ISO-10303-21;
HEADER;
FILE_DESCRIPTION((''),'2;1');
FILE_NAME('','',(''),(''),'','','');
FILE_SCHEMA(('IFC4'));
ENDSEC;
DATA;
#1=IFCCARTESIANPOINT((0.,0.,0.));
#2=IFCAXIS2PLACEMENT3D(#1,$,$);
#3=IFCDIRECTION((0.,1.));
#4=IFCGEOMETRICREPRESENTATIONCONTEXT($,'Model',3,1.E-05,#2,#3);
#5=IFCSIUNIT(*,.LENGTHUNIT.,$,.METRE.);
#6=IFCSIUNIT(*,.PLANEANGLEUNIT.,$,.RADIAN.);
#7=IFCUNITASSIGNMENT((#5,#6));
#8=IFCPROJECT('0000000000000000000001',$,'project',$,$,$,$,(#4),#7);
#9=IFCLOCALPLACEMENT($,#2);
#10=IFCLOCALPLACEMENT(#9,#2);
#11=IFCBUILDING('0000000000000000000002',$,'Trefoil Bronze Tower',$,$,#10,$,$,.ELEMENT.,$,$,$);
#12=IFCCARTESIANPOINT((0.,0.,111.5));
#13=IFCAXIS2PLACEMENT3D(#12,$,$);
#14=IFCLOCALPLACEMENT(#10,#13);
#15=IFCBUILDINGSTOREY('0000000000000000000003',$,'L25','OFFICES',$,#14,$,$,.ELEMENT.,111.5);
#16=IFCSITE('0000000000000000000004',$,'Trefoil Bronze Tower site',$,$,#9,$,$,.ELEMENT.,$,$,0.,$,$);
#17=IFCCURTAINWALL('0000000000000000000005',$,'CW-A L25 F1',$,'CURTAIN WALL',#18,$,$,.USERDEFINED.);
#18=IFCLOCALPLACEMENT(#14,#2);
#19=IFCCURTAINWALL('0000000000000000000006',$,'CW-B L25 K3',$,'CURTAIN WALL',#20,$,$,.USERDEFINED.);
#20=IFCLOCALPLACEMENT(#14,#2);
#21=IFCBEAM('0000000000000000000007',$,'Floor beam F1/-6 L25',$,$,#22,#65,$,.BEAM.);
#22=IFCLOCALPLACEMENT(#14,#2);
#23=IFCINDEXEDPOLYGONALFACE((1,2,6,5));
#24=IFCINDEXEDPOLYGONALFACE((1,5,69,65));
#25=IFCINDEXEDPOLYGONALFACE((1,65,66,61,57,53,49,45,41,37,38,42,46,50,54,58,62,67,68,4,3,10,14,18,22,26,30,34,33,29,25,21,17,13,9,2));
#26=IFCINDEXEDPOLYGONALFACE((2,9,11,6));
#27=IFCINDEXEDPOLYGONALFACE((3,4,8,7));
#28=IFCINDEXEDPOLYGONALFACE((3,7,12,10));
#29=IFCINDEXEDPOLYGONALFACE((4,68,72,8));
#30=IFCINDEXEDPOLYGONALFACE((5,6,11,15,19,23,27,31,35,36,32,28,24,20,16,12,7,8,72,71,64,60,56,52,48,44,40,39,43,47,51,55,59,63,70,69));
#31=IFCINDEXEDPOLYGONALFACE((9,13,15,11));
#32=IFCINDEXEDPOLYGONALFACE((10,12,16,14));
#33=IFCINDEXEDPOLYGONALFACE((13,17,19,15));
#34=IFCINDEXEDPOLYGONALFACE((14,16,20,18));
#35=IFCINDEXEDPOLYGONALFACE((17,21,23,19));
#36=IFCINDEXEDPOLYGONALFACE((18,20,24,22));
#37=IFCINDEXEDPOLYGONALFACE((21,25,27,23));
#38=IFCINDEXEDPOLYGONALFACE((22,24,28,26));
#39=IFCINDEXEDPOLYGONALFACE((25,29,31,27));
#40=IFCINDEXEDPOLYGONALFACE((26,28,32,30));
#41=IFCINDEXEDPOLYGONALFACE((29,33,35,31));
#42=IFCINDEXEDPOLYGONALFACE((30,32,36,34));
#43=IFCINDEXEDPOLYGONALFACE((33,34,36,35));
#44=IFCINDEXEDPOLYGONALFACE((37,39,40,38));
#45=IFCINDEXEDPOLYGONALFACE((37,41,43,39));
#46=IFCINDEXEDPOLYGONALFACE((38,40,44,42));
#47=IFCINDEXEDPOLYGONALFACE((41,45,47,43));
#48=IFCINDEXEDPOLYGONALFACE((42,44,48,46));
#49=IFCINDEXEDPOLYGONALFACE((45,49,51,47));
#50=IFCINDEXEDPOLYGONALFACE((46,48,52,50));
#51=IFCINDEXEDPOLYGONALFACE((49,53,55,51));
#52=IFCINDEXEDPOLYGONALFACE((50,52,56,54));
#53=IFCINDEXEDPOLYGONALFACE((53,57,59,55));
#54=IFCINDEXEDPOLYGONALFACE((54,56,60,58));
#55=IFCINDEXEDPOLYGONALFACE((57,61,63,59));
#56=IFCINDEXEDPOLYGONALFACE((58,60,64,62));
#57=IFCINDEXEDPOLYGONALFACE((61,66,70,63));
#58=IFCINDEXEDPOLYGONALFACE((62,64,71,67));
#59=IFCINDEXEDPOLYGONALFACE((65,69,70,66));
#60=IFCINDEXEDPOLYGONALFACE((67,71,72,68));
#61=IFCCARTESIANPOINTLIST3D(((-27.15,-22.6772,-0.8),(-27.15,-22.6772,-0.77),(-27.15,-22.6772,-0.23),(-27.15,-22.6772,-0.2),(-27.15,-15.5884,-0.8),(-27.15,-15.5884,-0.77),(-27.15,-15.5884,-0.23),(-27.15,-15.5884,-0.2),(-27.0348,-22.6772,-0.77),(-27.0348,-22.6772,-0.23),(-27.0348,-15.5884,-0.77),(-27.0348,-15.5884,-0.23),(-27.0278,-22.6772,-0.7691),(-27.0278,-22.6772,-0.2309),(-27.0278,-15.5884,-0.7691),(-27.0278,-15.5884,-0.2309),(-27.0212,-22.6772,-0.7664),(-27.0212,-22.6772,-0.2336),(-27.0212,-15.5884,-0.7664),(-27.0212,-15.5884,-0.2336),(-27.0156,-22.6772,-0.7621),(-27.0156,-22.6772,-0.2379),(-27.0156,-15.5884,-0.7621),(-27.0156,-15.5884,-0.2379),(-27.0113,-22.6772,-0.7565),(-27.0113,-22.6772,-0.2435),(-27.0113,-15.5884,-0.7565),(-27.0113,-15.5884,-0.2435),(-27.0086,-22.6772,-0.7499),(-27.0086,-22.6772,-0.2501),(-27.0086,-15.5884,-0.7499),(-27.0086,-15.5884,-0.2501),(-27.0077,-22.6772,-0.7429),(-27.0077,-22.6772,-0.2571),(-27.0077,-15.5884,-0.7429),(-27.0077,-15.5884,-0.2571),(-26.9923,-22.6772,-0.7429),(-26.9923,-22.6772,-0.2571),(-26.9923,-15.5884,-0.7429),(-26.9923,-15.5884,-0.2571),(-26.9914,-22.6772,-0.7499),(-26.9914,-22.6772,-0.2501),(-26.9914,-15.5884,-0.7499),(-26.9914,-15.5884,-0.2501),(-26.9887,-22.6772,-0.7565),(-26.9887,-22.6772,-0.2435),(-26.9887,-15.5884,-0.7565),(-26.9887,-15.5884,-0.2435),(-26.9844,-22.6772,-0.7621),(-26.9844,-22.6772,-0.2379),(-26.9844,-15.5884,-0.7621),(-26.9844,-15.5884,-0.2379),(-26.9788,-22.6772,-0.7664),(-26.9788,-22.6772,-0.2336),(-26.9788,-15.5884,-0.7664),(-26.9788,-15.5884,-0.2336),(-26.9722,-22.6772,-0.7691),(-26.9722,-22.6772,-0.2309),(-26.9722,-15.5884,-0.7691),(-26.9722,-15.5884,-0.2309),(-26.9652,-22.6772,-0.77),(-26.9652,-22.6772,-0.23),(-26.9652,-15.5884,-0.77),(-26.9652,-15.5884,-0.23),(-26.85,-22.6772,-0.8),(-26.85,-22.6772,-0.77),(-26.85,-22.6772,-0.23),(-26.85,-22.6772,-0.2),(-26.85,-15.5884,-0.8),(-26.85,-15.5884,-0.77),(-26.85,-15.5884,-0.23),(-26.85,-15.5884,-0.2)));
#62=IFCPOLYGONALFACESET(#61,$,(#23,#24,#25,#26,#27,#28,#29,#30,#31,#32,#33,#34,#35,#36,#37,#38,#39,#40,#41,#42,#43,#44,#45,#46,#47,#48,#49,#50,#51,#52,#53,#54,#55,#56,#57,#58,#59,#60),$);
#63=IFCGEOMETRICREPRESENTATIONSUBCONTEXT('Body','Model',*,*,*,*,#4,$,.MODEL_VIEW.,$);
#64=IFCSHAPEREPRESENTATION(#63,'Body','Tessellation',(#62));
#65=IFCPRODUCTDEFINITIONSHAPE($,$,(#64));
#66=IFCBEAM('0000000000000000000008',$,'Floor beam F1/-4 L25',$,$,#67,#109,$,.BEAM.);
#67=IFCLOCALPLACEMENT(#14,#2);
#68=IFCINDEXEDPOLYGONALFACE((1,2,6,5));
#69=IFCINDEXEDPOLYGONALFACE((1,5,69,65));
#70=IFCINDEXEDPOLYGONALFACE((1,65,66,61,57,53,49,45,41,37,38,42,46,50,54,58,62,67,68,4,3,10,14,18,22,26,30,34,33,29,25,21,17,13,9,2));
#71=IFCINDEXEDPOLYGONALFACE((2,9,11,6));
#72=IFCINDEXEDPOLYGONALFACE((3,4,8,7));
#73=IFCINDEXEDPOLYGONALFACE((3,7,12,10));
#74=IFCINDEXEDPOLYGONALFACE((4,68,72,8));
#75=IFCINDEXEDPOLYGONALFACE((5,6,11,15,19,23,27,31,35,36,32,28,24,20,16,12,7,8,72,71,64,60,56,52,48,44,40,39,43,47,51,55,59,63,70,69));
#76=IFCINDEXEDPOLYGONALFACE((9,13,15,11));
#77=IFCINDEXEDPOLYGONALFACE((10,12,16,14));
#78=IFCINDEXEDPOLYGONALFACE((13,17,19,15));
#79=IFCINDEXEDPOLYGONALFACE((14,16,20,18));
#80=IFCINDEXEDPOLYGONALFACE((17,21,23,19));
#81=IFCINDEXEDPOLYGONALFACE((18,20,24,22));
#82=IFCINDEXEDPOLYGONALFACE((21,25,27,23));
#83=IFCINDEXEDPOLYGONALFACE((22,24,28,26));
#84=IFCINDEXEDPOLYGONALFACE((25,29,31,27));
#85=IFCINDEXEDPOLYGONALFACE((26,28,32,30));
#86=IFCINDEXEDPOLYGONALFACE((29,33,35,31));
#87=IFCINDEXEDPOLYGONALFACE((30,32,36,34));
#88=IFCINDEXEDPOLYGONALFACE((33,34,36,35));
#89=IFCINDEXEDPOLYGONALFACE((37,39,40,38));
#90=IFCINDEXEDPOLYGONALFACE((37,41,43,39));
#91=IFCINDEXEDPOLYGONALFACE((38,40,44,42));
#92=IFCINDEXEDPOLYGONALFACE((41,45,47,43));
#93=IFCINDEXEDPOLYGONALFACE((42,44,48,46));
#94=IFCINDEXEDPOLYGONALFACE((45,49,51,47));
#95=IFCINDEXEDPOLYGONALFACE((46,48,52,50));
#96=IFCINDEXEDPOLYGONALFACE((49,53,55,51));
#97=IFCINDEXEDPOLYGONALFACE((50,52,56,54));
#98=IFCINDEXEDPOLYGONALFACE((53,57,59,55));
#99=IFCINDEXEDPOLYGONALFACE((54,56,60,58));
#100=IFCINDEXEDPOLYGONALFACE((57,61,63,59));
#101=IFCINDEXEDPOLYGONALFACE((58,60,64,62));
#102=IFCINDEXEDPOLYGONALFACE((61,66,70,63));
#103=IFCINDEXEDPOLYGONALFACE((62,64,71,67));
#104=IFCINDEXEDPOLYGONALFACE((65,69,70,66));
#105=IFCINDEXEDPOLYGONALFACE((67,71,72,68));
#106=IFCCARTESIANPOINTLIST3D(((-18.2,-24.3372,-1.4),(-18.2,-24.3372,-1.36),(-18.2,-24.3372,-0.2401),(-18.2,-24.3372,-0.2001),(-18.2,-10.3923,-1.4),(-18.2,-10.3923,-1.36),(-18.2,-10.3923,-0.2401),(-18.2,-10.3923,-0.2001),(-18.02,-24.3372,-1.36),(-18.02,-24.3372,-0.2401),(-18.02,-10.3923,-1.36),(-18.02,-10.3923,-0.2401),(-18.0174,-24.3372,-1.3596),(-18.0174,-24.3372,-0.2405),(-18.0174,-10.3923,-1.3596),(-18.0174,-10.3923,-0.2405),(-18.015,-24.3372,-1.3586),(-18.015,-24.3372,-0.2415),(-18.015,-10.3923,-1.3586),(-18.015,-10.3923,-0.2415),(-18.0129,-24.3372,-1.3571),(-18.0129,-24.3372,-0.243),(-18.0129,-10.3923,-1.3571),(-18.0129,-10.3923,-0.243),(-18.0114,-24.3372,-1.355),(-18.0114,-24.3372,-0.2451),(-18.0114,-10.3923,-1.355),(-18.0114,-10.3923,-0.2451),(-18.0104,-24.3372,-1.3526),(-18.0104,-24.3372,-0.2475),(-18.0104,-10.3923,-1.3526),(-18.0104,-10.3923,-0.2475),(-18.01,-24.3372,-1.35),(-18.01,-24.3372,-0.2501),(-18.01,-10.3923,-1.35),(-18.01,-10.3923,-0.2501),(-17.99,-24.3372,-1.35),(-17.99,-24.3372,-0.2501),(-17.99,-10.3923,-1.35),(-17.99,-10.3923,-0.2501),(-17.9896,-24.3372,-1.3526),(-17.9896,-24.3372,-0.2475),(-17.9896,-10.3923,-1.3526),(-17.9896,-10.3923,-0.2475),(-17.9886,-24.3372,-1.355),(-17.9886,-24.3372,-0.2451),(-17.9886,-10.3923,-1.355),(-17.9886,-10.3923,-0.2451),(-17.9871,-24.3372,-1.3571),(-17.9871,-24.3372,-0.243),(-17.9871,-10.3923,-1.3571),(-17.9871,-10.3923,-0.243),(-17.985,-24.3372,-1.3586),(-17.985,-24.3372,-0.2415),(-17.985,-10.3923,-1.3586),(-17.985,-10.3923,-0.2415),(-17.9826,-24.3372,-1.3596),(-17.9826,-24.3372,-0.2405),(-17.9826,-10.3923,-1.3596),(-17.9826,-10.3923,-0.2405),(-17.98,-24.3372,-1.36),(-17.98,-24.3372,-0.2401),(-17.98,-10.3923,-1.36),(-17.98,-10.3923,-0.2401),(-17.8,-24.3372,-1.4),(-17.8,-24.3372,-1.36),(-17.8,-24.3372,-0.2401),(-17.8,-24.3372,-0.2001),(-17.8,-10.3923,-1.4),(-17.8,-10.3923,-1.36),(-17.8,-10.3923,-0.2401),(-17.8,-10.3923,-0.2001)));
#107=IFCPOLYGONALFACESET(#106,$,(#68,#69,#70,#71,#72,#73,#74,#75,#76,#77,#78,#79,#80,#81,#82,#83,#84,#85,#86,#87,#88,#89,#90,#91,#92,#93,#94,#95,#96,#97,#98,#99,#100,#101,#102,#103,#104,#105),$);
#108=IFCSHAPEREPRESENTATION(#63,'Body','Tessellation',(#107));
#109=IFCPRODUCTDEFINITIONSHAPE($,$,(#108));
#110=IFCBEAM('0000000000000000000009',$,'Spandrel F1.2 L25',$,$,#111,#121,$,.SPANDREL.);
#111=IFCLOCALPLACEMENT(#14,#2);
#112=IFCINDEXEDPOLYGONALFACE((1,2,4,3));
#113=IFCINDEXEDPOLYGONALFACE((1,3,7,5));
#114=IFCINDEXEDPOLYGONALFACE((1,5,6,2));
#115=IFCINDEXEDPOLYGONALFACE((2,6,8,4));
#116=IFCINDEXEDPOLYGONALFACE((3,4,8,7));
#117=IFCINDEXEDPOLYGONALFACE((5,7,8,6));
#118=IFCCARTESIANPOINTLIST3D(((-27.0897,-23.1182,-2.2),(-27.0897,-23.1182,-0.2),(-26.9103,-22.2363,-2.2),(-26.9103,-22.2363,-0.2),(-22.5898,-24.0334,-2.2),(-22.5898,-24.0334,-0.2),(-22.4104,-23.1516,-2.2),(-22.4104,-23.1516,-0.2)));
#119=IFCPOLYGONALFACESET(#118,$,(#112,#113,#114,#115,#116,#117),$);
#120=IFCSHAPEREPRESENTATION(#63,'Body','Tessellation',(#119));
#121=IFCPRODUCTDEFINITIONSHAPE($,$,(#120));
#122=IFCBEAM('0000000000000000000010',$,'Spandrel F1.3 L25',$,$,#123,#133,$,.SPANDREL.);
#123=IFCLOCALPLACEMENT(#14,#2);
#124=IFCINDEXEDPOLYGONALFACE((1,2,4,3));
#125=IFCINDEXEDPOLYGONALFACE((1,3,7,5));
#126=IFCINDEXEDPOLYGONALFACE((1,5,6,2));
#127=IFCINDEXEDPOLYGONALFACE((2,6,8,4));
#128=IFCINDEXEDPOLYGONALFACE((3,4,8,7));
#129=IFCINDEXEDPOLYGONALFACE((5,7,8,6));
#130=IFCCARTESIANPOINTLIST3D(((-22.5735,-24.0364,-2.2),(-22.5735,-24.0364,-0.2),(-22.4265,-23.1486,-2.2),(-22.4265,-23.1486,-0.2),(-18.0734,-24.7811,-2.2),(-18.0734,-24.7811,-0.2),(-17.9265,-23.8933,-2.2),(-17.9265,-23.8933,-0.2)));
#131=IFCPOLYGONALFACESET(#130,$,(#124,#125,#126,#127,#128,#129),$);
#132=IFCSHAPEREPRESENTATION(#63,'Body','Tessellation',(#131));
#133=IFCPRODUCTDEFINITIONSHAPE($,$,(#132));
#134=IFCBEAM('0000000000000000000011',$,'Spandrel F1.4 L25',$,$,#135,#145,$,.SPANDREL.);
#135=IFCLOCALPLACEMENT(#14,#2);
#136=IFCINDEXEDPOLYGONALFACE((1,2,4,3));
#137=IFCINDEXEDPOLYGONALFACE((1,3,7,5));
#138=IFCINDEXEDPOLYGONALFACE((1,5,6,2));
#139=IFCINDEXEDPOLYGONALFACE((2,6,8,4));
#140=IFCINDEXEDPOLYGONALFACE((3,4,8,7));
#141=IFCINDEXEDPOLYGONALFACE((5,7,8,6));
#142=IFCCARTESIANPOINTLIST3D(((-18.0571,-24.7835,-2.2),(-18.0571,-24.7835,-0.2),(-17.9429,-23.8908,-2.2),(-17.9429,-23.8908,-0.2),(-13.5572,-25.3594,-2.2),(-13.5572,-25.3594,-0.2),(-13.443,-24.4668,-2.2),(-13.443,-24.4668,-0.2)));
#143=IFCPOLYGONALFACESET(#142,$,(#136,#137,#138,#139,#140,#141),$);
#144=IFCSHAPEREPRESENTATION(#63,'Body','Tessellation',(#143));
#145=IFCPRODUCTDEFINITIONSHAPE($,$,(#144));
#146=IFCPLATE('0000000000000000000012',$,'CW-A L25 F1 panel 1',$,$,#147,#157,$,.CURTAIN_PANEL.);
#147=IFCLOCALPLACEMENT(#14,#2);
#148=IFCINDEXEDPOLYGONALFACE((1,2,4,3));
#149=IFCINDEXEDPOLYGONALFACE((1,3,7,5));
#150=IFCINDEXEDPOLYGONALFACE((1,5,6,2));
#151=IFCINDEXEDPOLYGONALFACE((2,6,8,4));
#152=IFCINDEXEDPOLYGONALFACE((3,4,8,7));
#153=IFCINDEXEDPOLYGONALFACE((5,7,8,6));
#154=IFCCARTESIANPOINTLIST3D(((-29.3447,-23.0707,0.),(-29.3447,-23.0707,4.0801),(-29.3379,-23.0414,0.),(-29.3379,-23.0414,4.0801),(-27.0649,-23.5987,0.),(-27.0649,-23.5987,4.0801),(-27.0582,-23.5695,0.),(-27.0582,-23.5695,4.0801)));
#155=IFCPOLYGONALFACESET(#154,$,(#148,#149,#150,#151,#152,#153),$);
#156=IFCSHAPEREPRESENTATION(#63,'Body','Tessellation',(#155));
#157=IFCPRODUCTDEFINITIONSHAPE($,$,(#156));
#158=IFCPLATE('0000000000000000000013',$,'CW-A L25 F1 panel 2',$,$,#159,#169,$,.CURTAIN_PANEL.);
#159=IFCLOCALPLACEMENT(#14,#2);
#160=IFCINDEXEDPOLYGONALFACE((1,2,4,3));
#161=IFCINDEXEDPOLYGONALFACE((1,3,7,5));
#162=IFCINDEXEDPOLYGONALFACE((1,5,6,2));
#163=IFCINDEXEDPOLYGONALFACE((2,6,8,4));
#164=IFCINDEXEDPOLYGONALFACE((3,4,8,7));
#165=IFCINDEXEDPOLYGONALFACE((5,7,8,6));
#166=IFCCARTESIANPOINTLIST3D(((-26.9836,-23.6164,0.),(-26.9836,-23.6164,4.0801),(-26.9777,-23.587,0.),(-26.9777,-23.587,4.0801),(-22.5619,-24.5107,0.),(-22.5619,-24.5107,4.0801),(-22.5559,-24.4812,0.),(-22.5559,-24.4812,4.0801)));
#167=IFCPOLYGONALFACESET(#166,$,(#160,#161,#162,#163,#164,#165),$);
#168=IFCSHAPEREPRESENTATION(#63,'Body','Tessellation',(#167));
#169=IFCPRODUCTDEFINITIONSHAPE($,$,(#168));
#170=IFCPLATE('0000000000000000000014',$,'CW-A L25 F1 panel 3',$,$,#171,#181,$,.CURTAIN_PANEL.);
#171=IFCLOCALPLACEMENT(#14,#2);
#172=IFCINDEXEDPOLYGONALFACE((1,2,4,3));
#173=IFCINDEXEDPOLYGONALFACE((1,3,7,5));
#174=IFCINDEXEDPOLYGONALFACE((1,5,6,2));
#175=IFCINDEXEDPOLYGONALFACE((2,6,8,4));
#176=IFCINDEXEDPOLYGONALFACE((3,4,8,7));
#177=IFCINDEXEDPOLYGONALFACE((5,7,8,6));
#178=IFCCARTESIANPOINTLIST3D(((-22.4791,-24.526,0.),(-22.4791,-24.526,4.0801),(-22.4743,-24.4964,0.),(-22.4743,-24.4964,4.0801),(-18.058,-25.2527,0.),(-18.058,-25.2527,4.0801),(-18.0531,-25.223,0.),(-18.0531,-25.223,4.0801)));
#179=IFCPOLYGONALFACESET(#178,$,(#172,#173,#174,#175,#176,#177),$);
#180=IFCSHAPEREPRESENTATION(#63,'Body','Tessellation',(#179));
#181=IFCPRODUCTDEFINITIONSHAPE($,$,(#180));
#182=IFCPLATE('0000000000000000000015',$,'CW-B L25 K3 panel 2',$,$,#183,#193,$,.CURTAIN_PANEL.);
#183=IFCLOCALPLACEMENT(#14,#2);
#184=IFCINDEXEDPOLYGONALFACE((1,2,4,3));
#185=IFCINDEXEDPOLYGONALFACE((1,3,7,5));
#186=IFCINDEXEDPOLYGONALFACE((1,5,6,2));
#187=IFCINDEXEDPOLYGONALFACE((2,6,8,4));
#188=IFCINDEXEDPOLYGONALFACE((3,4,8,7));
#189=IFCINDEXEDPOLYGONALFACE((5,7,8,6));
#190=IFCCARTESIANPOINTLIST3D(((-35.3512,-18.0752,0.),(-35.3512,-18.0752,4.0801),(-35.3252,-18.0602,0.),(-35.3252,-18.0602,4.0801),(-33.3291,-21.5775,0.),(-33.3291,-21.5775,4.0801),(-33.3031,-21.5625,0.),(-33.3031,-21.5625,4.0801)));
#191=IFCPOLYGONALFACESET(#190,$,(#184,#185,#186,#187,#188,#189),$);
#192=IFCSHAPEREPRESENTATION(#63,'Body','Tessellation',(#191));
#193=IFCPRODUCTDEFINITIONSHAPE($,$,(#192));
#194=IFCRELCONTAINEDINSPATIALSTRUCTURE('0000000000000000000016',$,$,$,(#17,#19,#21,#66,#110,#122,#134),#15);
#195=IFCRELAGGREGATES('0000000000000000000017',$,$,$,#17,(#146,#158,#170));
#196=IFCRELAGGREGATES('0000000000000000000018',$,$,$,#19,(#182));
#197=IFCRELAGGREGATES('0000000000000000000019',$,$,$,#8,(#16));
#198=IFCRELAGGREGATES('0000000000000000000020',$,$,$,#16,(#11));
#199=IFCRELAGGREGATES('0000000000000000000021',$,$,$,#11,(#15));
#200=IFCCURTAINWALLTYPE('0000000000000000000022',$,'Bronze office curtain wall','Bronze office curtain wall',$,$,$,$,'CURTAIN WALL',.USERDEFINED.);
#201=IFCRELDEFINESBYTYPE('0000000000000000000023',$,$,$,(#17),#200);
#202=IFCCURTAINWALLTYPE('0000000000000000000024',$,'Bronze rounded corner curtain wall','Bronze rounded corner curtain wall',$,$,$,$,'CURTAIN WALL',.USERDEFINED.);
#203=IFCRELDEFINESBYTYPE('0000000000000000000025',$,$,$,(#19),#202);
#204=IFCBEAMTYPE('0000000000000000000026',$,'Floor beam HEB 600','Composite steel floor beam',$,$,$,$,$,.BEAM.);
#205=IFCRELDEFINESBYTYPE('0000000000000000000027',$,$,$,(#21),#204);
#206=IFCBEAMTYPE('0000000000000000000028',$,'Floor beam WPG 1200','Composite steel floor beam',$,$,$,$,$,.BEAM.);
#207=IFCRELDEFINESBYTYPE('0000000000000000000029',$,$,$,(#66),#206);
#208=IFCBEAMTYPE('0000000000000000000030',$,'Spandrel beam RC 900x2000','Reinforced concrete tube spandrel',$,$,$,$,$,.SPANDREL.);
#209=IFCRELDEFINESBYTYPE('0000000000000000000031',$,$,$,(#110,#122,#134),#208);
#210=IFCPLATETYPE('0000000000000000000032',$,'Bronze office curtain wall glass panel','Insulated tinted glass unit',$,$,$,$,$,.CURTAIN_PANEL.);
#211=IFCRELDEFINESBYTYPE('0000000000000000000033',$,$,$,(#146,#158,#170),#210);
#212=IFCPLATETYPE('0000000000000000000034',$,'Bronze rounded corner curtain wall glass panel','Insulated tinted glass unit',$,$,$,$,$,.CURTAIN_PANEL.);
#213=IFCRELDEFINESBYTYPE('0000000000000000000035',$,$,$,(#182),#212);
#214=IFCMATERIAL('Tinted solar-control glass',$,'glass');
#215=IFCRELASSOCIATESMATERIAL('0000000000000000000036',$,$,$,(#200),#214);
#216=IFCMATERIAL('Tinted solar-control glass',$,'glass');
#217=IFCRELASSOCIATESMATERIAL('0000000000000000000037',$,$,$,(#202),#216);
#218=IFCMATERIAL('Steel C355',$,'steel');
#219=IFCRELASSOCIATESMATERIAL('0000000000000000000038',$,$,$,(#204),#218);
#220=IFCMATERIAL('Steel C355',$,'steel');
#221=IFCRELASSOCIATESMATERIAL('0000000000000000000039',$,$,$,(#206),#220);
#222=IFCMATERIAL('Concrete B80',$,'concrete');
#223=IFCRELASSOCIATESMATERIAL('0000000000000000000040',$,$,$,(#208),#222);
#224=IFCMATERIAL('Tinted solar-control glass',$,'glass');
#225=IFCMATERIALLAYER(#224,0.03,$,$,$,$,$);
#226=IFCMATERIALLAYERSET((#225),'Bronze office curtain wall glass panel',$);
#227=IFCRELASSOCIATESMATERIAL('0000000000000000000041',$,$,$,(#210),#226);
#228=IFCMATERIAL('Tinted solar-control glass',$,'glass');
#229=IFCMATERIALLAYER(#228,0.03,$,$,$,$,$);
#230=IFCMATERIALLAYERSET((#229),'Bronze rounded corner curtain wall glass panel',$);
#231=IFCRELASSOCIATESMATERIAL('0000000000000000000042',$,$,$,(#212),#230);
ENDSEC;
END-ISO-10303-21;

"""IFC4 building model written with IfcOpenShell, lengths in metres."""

from ifc_helpers import new_model, si_unit, direction, frame, origin, origin_2d, place, context, subcontext, project, spatial, rectangle, i_section, extrude, material, layer, layer_set, material_profile, profile_set, type_object, element, aggregate, save


model = new_model("IFC4")

# Units and contexts
model_context = context("Model", 3, precision=1e-05, world=origin(), true_north=direction((0.0, 1.0)))
body_context = subcontext(model_context, "Body", "Model", "MODEL_VIEW")
ifc_project = project(units=[si_unit("LENGTHUNIT", "METRE"), si_unit("PLANEANGLEUNIT", "RADIAN")], contexts=[model_context])

# Site, building, storey
site_placement = place(None, origin())
site = spatial("IfcSite", under=ifc_project, at=site_placement, Name="Trefoil Bronze Tower site", CompositionType="ELEMENT", RefElevation=0.0)
building_placement = place(site_placement, origin())
building = spatial("IfcBuilding", under=site, at=building_placement, Name="Trefoil Bronze Tower", CompositionType="ELEMENT")
storey_placement = place(building_placement, frame((0.0, 0.0, 111.5)))
storey = spatial("IfcBuildingStorey", under=building, at=storey_placement, Name="L25", Description="OFFICES", CompositionType="ELEMENT", Elevation=111.5)

# Curtain walls
ifc_material_1 = material(Name="Tinted solar-control glass", Category="glass")
curtain_wall_type_1 = type_object("IfcCurtainWallType", Name="Bronze office curtain wall", Description="Bronze office curtain wall", ElementType="CURTAIN WALL", PredefinedType="USERDEFINED", material=ifc_material_1)
curtain_wall_1_placement = place(storey_placement, origin())
curtain_wall_1 = element("IfcCurtainWall", 1, at=curtain_wall_1_placement, inside=storey, type_object=curtain_wall_type_1, Name="CW-A L25 F1", ObjectType="CURTAIN WALL", PredefinedType="USERDEFINED")
ifc_material_2 = material(Name="Tinted solar-control glass", Category="glass")
curtain_wall_type_2 = type_object("IfcCurtainWallType", Name="Bronze rounded corner curtain wall", Description="Bronze rounded corner curtain wall", ElementType="CURTAIN WALL", PredefinedType="USERDEFINED", material=ifc_material_2)
curtain_wall_2_placement = place(storey_placement, origin())
curtain_wall_2 = element("IfcCurtainWall", 2, at=curtain_wall_2_placement, inside=storey, type_object=curtain_wall_type_2, Name="CW-B L25 K3", ObjectType="CURTAIN WALL", PredefinedType="USERDEFINED")

# Beams
ifc_material_3 = material(Name="Steel C355", Category="steel")
ifc_material_profile_1 = material_profile(ifc_material_3, i_section(OverallWidth=0.3, OverallDepth=0.6001, WebThickness=0.0154, FlangeThickness=0.03, FilletRadius=0.0271, at=origin_2d()), Name="HEB 600")
ifc_profile_set_1 = profile_set([ifc_material_profile_1], Name="Steel C355")
beam_type_1 = type_object("IfcBeamType", Name="Floor beam HEB 600", Description="Composite steel floor beam", PredefinedType="BEAM", material=ifc_profile_set_1)
beam_1_placement = place(storey_placement, frame((-27.0, -22.6772, -0.5), z_axis=(0.0, 1.0, 0.0), x_axis=(-1.0, 0.0, 0.0)))
element("IfcBeam", 3, at=beam_1_placement, inside=storey, type_object=beam_type_1, Name="Floor beam F1/-6 L25", PredefinedType="BEAM", context=body_context, shape_type="SweptSolid", body=[
    extrude(i_section(OverallWidth=0.3, OverallDepth=0.6001, WebThickness=0.0154, FlangeThickness=0.03, FilletRadius=0.0271, at=origin_2d()), origin(), (0.0, 0.0, 1.0), 7.0889),
])
ifc_material_4 = material(Name="Steel C355", Category="steel")
ifc_material_profile_2 = material_profile(ifc_material_4, i_section(OverallWidth=0.3999, OverallDepth=1.2, WebThickness=0.02, FlangeThickness=0.04, FilletRadius=0.01, at=origin_2d()), Name="WPG 1200")
ifc_profile_set_2 = profile_set([ifc_material_profile_2], Name="Steel C355")
beam_type_2 = type_object("IfcBeamType", Name="Floor beam WPG 1200", Description="Composite steel floor beam", PredefinedType="BEAM", material=ifc_profile_set_2)
beam_2_placement = place(storey_placement, frame((-18.0, -24.3372, -0.8), z_axis=(0.0, 1.0, 0.0), x_axis=(-1.0, 0.0, 0.0)))
element("IfcBeam", 4, at=beam_2_placement, inside=storey, type_object=beam_type_2, Name="Floor beam F1/-4 L25", PredefinedType="BEAM", context=body_context, shape_type="SweptSolid", body=[
    extrude(i_section(OverallWidth=0.3999, OverallDepth=1.2, WebThickness=0.02, FlangeThickness=0.04, FilletRadius=0.01, at=origin_2d()), origin(), (0.0, 0.0, 1.0), 13.9448),
])
ifc_material_5 = material(Name="Concrete B80", Category="concrete")
ifc_material_profile_3 = material_profile(ifc_material_5, rectangle(XDim=0.8999, YDim=2.0, at=origin_2d()), Name="RC 900x2000")
ifc_profile_set_3 = profile_set([ifc_material_profile_3], Name="Concrete B80")
beam_type_3 = type_object("IfcBeamType", Name="Spandrel beam RC 900x2000", Description="Reinforced concrete tube spandrel", PredefinedType="SPANDREL", material=ifc_profile_set_3)
beam_3_placement = place(storey_placement, frame((-27.0, -22.6772, -1.2), z_axis=(0.979935, -0.199315, 0.0), x_axis=(0.199315, 0.979935, 0.0)))
element("IfcBeam", 5, at=beam_3_placement, inside=storey, type_object=beam_type_3, Name="Spandrel F1.2 L25", PredefinedType="SPANDREL", context=body_context, shape_type="SweptSolid", body=[
    extrude(rectangle(XDim=0.8999, YDim=2.0, at=origin_2d()), origin(), (0.0, 0.0, 1.0), 4.592),
])
beam_4_placement = place(storey_placement, frame((-22.5, -23.5925, -1.2), z_axis=(0.986584, -0.163253, 0.0), x_axis=(0.163253, 0.986584, 0.0)))
element("IfcBeam", 6, at=beam_4_placement, inside=storey, type_object=beam_type_3, Name="Spandrel F1.3 L25", PredefinedType="SPANDREL", context=body_context, shape_type="SweptSolid", body=[
    extrude(rectangle(XDim=0.8999, YDim=2.0, at=origin_2d()), origin(), (0.0, 0.0, 1.0), 4.5613),
])
beam_5_placement = place(storey_placement, frame((-18.0, -24.3372, -1.2), z_axis=(0.991909, -0.126948, 0.0), x_axis=(0.126948, 0.991909, 0.0)))
element("IfcBeam", 7, at=beam_5_placement, inside=storey, type_object=beam_type_3, Name="Spandrel F1.4 L25", PredefinedType="SPANDREL", context=body_context, shape_type="SweptSolid", body=[
    extrude(rectangle(XDim=0.8999, YDim=2.0, at=origin_2d()), origin(), (0.0, 0.0, 1.0), 4.5366),
])

# Plates
ifc_material_6 = material(Name="Tinted solar-control glass", Category="glass")
ifc_layer_1 = layer(ifc_material_6, 0.03)
ifc_layer_set_1 = layer_set([ifc_layer_1], Name="Bronze office curtain wall glass panel")
plate_type_1 = type_object("IfcPlateType", Name="Bronze office curtain wall glass panel", Description="Insulated tinted glass unit", PredefinedType="CURTAIN_PANEL", material=ifc_layer_set_1)
plate_1_placement = place(storey_placement, frame((-28.2014, -23.3201, 0.0), z_axis=(0.0, 0.0, 1.0), x_axis=(0.974204, -0.225667, 0.0)))
plate_1 = element("IfcPlate", 8, at=plate_1_placement, type_object=plate_type_1, Name="CW-A L25 F1 panel 1", PredefinedType="CURTAIN_PANEL", context=body_context, shape_type="SweptSolid", body=[
    extrude(rectangle(XDim=2.3401, YDim=0.03, at=origin_2d()), origin(), (0.0, 0.0, 1.0), 4.0801),
])
plate_2_placement = place(storey_placement, frame((-24.7698, -24.0488, 0.0), z_axis=(0.0, 0.0, 1.0), x_axis=(0.980155, -0.198232, 0.0)))
plate_2 = element("IfcPlate", 9, at=plate_2_placement, type_object=plate_type_1, Name="CW-A L25 F1 panel 2", PredefinedType="CURTAIN_PANEL", context=body_context, shape_type="SweptSolid", body=[
    extrude(rectangle(XDim=4.5112, YDim=0.03, at=origin_2d()), origin(), (0.0, 0.0, 1.0), 4.0801),
])
plate_3_placement = place(storey_placement, frame((-20.2661, -24.8745, 0.0), z_axis=(0.0, 0.0, 1.0), x_axis=(0.98676, -0.162189, 0.0)))
plate_3 = element("IfcPlate", 10, at=plate_3_placement, type_object=plate_type_1, Name="CW-A L25 F1 panel 3", PredefinedType="CURTAIN_PANEL", context=body_context, shape_type="SweptSolid", body=[
    extrude(rectangle(XDim=4.4805, YDim=0.03, at=origin_2d()), origin(), (0.0, 0.0, 1.0), 4.0801),
])
aggregate(curtain_wall_1, [plate_1, plate_2, plate_3])
ifc_material_7 = material(Name="Tinted solar-control glass", Category="glass")
ifc_layer_2 = layer(ifc_material_7, 0.03)
ifc_layer_set_2 = layer_set([ifc_layer_2], Name="Bronze rounded corner curtain wall glass panel")
plate_type_2 = type_object("IfcPlateType", Name="Bronze rounded corner curtain wall glass panel", Description="Insulated tinted glass unit", PredefinedType="CURTAIN_PANEL", material=ifc_layer_set_2)
plate_4_placement = place(storey_placement, frame((-34.3271, -19.8188, 0.0), z_axis=(0.0, 0.0, 1.0), x_axis=(0.5, -0.866025, 0.0)))
plate_4 = element("IfcPlate", 11, at=plate_4_placement, type_object=plate_type_2, Name="CW-B L25 K3 panel 2", PredefinedType="CURTAIN_PANEL", context=body_context, shape_type="SweptSolid", body=[
    extrude(rectangle(XDim=4.0442, YDim=0.03, at=origin_2d()), origin(), (0.0, 0.0, 1.0), 4.0801),
])
aggregate(curtain_wall_2, [plate_4])

save(model, "model.ifc")
